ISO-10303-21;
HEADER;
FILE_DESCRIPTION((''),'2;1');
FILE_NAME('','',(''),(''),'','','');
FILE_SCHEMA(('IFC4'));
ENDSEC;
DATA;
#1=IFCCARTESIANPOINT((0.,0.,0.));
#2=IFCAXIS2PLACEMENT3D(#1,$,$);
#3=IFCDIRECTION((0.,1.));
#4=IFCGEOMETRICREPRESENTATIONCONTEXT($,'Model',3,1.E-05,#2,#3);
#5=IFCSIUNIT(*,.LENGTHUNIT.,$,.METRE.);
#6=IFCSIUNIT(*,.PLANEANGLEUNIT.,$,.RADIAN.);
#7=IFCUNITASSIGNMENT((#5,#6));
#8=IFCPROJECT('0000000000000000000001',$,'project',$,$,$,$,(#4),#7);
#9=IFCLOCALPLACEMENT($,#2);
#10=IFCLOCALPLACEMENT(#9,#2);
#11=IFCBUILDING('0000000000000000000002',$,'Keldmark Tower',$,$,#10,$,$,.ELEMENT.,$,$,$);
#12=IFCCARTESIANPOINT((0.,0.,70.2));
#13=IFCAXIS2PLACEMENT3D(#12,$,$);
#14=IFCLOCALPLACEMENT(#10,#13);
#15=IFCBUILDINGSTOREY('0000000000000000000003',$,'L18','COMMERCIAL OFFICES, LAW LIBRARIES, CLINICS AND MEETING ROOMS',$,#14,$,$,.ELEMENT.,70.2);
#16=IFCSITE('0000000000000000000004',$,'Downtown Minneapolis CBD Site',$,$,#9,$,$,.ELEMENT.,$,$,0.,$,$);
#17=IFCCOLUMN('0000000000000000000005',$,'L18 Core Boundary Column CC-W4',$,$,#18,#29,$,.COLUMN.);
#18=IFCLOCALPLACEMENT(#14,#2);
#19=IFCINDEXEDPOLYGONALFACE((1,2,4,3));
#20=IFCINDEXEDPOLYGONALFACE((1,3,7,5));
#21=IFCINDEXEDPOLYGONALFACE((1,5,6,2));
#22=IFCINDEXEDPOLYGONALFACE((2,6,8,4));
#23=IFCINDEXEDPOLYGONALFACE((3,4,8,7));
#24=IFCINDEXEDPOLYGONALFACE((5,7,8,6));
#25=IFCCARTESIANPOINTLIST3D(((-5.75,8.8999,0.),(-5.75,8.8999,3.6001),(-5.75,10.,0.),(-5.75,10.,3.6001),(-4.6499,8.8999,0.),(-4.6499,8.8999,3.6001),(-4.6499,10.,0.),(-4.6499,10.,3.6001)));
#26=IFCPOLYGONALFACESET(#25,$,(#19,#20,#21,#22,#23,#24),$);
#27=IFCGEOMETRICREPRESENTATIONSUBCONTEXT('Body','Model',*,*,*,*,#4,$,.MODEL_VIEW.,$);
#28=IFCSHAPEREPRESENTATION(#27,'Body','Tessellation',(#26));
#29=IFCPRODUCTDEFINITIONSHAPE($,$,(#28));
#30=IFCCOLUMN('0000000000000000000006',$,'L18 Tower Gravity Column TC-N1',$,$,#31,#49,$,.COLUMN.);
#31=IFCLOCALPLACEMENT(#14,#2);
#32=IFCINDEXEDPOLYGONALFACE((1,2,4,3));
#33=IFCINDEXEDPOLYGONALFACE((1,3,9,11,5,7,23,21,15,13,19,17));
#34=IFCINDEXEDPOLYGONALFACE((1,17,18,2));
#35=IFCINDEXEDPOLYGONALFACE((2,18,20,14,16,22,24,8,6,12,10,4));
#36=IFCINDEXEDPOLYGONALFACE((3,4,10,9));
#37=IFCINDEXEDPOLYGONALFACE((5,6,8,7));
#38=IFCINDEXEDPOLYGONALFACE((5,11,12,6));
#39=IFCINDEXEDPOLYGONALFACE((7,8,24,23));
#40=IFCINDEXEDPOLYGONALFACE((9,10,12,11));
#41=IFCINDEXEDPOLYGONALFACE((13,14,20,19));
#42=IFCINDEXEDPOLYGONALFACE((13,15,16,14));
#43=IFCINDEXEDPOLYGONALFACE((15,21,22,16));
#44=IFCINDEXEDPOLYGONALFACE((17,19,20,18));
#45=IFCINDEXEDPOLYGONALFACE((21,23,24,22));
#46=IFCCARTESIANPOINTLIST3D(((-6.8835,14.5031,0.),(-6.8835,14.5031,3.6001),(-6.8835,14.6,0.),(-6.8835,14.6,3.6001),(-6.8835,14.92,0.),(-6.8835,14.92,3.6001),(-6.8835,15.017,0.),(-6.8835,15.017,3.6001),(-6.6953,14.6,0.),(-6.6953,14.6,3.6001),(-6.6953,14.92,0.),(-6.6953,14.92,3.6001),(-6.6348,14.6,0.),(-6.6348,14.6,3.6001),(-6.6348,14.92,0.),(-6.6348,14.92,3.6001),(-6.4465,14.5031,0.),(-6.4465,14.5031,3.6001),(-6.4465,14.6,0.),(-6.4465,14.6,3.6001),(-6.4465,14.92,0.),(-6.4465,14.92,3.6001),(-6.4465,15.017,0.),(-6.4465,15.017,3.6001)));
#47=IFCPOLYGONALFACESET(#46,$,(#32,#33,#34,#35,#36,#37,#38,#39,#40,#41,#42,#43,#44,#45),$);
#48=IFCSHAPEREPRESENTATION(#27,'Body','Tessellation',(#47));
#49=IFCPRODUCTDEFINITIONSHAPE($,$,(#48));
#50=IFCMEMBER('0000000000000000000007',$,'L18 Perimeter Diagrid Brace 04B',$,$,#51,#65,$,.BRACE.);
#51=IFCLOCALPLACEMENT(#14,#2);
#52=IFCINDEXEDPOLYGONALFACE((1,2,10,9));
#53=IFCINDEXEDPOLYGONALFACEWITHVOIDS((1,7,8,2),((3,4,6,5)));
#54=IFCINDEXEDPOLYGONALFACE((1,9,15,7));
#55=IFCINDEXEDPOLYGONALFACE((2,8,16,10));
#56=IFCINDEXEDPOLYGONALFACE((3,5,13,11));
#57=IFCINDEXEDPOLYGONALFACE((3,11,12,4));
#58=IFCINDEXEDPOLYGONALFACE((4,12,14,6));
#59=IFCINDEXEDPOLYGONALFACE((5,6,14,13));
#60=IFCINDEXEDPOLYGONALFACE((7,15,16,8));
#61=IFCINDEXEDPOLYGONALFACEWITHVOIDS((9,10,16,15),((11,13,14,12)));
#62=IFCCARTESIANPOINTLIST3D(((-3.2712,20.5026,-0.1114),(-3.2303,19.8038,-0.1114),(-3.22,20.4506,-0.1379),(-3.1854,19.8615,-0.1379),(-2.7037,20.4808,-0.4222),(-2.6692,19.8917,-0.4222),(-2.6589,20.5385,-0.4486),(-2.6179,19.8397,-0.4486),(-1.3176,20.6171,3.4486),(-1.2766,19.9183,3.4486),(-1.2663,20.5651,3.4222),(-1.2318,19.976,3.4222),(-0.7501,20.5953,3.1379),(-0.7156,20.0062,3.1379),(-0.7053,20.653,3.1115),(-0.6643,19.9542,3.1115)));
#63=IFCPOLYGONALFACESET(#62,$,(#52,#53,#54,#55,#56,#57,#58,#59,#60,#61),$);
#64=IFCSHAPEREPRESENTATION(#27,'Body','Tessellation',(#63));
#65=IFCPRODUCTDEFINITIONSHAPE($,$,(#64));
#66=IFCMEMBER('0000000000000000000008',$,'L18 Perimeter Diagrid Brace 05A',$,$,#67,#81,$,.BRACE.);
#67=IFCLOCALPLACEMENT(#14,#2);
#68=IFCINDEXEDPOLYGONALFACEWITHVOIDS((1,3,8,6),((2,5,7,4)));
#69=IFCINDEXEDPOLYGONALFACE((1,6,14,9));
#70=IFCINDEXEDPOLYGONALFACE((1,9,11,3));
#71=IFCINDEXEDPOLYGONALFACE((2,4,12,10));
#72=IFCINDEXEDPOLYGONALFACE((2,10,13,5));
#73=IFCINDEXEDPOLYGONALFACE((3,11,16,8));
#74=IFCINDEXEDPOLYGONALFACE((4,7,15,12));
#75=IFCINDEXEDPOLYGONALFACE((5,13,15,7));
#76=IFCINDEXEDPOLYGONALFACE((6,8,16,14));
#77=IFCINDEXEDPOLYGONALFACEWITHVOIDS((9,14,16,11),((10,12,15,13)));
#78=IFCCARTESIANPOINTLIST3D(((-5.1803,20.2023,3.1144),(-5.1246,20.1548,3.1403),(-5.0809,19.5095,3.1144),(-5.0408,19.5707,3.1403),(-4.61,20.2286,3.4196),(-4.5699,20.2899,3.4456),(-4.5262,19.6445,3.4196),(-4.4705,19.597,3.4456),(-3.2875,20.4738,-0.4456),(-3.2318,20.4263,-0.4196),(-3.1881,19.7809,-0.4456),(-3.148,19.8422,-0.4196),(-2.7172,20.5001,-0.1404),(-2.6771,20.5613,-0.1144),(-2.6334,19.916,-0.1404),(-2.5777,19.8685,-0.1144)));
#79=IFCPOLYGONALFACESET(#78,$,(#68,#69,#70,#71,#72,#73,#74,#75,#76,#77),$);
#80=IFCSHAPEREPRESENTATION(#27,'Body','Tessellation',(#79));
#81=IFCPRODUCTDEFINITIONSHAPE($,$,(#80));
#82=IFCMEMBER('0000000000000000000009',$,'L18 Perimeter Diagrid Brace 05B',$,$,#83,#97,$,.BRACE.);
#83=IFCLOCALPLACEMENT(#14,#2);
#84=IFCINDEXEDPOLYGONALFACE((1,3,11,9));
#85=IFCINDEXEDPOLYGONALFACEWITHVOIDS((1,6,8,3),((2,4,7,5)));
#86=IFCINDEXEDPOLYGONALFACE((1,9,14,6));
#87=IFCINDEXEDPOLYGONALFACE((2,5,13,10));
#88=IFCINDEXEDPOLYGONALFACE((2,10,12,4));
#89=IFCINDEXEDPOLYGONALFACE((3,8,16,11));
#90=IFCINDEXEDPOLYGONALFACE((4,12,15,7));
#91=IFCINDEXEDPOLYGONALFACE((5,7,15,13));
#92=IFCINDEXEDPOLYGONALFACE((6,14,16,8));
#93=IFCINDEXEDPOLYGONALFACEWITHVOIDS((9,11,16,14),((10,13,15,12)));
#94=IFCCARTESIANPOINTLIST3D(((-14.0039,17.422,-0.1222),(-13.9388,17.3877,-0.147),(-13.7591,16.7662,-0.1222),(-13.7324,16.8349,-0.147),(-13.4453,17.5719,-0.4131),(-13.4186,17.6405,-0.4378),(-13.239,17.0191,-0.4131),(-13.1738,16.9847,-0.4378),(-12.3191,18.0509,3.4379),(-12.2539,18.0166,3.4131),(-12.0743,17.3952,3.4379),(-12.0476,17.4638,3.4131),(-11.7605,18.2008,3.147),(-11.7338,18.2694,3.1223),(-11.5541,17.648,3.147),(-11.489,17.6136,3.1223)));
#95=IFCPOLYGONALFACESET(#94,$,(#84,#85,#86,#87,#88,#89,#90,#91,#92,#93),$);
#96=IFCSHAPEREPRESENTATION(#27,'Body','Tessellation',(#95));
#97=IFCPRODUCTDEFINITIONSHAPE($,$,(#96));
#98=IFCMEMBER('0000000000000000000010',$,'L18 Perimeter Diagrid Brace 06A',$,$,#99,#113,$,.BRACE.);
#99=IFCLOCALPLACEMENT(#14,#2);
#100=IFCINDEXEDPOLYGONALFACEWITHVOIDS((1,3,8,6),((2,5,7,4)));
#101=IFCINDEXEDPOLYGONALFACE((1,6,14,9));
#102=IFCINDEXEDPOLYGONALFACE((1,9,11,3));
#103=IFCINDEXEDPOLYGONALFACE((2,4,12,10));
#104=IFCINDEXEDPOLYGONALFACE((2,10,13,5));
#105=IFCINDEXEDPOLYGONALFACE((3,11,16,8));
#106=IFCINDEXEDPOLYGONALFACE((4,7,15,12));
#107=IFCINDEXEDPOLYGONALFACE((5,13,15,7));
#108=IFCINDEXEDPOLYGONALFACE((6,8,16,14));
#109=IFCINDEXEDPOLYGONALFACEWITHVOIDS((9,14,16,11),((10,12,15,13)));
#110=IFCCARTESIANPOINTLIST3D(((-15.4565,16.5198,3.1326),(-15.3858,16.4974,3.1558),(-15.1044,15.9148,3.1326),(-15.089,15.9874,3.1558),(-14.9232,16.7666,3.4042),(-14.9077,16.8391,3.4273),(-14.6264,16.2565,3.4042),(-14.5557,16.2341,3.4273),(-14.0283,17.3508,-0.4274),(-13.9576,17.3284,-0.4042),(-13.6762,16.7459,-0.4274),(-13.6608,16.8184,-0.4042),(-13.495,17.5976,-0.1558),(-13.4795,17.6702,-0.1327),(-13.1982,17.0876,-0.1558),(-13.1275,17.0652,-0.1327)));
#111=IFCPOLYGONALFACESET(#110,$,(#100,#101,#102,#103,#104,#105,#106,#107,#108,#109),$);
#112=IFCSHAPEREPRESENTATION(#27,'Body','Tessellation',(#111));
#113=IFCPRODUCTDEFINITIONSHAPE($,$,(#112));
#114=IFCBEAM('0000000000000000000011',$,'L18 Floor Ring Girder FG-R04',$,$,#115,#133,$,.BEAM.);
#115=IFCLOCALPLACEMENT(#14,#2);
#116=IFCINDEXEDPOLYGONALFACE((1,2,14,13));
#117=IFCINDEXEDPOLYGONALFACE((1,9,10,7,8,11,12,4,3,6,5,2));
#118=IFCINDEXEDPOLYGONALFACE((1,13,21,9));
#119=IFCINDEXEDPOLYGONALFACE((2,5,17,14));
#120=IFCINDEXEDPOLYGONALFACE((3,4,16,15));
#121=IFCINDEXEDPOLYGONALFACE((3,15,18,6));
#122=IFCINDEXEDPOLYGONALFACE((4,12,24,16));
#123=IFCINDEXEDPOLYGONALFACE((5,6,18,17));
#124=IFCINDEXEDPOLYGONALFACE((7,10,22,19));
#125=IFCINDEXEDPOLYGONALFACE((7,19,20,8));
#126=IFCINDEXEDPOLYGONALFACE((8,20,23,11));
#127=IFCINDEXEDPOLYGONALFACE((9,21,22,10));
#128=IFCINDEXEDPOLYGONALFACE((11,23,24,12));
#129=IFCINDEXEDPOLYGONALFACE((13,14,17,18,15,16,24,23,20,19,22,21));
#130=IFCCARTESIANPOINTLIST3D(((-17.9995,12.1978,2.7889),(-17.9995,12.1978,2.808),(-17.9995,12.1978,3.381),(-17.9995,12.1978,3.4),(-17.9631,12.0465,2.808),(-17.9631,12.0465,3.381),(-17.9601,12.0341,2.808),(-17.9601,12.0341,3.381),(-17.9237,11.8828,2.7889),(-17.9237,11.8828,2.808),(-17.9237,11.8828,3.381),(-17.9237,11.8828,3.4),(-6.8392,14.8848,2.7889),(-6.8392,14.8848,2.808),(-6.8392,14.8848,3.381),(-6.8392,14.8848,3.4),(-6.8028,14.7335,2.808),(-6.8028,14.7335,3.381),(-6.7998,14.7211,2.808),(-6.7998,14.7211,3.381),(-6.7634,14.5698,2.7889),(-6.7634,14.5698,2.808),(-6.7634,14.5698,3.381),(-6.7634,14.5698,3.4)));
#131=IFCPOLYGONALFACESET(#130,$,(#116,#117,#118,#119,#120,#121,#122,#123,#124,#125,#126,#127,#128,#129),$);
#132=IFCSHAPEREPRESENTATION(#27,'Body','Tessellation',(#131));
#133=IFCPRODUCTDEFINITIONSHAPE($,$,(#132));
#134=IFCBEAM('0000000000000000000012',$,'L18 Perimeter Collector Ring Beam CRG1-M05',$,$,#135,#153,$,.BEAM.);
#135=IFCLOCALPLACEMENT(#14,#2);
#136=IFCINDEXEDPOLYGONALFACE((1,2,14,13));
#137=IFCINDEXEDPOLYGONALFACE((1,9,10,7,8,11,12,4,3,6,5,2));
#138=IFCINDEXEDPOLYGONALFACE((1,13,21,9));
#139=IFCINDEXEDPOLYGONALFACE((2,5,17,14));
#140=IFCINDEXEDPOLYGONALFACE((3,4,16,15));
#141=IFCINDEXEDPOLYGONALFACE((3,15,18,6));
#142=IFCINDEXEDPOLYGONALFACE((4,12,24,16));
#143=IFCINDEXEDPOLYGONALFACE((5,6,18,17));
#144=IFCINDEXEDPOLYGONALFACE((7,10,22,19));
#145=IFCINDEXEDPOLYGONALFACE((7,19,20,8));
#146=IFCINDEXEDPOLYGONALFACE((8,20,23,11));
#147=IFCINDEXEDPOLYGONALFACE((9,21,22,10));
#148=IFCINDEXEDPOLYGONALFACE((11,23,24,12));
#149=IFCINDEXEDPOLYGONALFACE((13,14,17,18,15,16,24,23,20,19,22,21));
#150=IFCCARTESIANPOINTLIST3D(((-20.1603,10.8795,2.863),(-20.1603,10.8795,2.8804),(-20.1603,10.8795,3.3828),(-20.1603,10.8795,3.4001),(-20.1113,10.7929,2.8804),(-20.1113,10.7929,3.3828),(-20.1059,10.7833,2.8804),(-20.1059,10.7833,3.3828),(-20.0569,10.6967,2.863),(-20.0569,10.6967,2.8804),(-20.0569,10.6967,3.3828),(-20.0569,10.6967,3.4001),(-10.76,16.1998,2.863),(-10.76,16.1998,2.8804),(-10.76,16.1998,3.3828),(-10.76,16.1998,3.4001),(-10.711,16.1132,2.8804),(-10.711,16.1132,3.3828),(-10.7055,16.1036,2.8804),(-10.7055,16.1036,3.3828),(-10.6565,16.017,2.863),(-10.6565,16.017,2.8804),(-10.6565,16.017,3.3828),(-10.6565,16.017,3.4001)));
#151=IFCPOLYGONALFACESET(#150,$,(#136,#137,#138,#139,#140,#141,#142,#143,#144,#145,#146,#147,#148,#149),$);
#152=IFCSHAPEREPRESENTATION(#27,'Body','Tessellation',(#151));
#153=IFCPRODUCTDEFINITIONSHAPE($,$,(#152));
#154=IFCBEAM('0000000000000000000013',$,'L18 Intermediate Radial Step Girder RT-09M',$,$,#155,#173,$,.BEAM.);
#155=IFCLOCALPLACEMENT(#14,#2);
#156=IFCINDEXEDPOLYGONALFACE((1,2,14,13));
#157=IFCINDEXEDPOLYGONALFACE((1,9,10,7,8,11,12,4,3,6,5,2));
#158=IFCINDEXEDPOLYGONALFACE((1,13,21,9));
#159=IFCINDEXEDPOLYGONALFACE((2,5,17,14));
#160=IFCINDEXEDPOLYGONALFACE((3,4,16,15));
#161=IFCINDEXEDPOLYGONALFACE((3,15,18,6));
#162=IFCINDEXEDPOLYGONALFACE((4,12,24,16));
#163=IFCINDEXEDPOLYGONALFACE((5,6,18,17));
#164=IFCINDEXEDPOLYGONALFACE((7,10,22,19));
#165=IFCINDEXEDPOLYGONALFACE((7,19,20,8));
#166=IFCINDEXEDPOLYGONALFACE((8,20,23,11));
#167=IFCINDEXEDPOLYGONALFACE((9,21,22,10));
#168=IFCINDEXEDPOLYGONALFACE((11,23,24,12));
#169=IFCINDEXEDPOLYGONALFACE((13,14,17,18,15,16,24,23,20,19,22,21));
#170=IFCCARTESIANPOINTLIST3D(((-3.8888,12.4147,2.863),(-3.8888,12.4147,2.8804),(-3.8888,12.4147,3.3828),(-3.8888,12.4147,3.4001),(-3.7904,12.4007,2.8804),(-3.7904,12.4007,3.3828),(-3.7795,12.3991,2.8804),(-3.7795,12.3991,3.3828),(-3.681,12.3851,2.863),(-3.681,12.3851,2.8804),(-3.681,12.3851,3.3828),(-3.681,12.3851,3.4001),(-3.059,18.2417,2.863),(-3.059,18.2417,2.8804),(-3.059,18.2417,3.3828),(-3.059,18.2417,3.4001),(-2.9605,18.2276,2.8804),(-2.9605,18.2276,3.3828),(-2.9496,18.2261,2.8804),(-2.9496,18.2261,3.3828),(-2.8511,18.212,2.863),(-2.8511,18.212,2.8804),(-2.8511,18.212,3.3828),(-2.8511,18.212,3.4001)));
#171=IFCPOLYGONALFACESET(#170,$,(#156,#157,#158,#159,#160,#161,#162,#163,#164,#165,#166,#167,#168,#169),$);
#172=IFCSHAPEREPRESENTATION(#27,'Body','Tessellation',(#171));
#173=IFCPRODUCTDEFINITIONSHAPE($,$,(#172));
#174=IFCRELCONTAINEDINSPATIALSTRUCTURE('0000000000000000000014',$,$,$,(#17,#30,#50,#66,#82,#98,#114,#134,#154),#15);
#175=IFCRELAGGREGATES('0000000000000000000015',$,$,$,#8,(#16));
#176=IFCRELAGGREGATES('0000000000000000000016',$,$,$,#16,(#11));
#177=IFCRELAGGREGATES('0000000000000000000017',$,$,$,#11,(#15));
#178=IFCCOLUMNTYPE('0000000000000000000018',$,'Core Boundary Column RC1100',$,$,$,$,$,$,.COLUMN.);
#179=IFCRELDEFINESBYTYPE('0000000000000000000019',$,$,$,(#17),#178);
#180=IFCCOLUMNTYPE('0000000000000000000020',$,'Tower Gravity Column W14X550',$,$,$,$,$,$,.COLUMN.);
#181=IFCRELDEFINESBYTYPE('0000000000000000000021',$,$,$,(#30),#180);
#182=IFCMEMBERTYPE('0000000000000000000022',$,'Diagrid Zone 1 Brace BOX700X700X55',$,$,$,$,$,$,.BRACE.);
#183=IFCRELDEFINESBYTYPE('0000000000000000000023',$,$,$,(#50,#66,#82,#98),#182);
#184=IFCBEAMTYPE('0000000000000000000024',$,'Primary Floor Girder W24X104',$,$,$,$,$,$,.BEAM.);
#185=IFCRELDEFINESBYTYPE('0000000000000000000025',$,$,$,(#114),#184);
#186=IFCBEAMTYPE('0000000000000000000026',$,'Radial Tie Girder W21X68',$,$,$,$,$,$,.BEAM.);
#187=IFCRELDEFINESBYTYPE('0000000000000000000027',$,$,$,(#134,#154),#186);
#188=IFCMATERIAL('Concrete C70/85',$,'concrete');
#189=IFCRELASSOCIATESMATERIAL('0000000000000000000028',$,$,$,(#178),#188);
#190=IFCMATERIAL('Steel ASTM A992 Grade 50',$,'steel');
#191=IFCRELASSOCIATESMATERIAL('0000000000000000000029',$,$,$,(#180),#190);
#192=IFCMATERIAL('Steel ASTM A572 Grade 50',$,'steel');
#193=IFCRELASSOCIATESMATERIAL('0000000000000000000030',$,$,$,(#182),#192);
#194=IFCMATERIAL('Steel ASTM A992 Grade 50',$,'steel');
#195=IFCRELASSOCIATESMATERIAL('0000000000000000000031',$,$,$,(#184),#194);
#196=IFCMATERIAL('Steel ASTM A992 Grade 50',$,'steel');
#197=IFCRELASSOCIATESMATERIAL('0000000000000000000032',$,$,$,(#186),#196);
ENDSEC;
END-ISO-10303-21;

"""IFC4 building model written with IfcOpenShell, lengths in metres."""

from ifc_helpers import new_model, si_unit, direction, frame, origin, origin_2d, place, context, subcontext, project, spatial, rectangle, hollow_rectangle, i_section, extrude, material, material_profile, profile_set, type_object, element, save


model = new_model("IFC4")

# Units and contexts
model_context = context("Model", 3, precision=1e-05, world=origin(), true_north=direction((0.0, 1.0)))
body_context = subcontext(model_context, "Body", "Model", "MODEL_VIEW")
ifc_project = project(units=[si_unit("LENGTHUNIT", "METRE"), si_unit("PLANEANGLEUNIT", "RADIAN")], contexts=[model_context])

# Site, building, storey
site_placement = place(None, origin())
site = spatial("IfcSite", under=ifc_project, at=site_placement, Name="Downtown Minneapolis CBD Site", CompositionType="ELEMENT", RefElevation=0.0)
building_placement = place(site_placement, origin())
building = spatial("IfcBuilding", under=site, at=building_placement, Name="Keldmark Tower", CompositionType="ELEMENT")
storey_placement = place(building_placement, frame((0.0, 0.0, 70.2)))
storey = spatial("IfcBuildingStorey", under=building, at=storey_placement, Name="L18", Description="COMMERCIAL OFFICES, LAW LIBRARIES, CLINICS AND MEETING ROOMS", CompositionType="ELEMENT", Elevation=70.2)

# Columns
ifc_material_1 = material(Name="Concrete C70/85", Category="concrete")
ifc_material_profile_1 = material_profile(ifc_material_1, rectangle(XDim=1.1001, YDim=1.1001, at=origin_2d()), Name="RC1100X1100")
ifc_profile_set_1 = profile_set([ifc_material_profile_1], Name="Concrete C70/85")
column_type_1 = type_object("IfcColumnType", Name="Core Boundary Column RC1100", PredefinedType="COLUMN", material=ifc_profile_set_1)
column_1_placement = place(storey_placement, frame((-5.2, 9.45, 0.0), z_axis=(0.0, 0.0, 1.0), x_axis=(1.0, 0.0, 0.0)))
element("IfcColumn", 1, at=column_1_placement, inside=storey, type_object=column_type_1, Name="L18 Core Boundary Column CC-W4", PredefinedType="COLUMN", context=body_context, shape_type="SweptSolid", body=[
    extrude(rectangle(XDim=1.1001, YDim=1.1001, at=origin_2d()), origin(), (0.0, 0.0, 1.0), 3.6001),
])
ifc_material_2 = material(Name="Steel ASTM A992 Grade 50", Category="steel")
ifc_material_profile_2 = material_profile(ifc_material_2, i_section(OverallWidth=0.437, OverallDepth=0.5139, WebThickness=0.0605, FlangeThickness=0.0969, at=origin_2d()), Name="W14X550")
ifc_profile_set_2 = profile_set([ifc_material_profile_2], Name="Steel ASTM A992 Grade 50")
column_type_2 = type_object("IfcColumnType", Name="Tower Gravity Column W14X550", PredefinedType="COLUMN", material=ifc_profile_set_2)
column_2_placement = place(storey_placement, frame((-6.665, 14.76, 0.0), z_axis=(0.0, 0.0, 1.0), x_axis=(1.0, 0.0, 0.0)))
element("IfcColumn", 2, at=column_2_placement, inside=storey, type_object=column_type_2, Name="L18 Tower Gravity Column TC-N1", PredefinedType="COLUMN", context=body_context, shape_type="SweptSolid", body=[
    extrude(i_section(OverallWidth=0.437, OverallDepth=0.5139, WebThickness=0.0605, FlangeThickness=0.0969, at=origin_2d()), origin(), (0.0, 0.0, 1.0), 3.6001),
])

# Members
ifc_material_3 = material(Name="Steel ASTM A572 Grade 50", Category="steel")
ifc_material_profile_3 = material_profile(ifc_material_3, hollow_rectangle(XDim=0.7, YDim=0.7, WallThickness=0.0549, at=origin_2d()), Name="BOX700X700X55")
ifc_profile_set_3 = profile_set([ifc_material_profile_3], Name="Steel ASTM A572 Grade 50")
member_type = type_object("IfcMemberType", Name="Diagrid Zone 1 Brace BOX700X700X55", PredefinedType="BRACE", material=ifc_profile_set_3)
member_1_placement = place(storey_placement, frame((-2.9446, 20.1711, -0.28), z_axis=(0.480892, 0.028185, 0.876327), x_axis=(-0.05851, 0.998287, 0.0)))
element("IfcMember", 3, at=member_1_placement, inside=storey, type_object=member_type, Name="L18 Perimeter Diagrid Brace 04B", PredefinedType="BRACE", context=body_context, shape_type="SweptSolid", body=[
    extrude(hollow_rectangle(XDim=0.7, YDim=0.7, WallThickness=0.0549, at=origin_2d()), origin(), (0.0, 0.0, 1.0), 4.0625),
])
member_2_placement = place(storey_placement, frame((-2.9326, 20.1711, -0.28), z_axis=(-0.468393, -0.067181, 0.880963), x_axis=(0.141975, -0.98987, 0.0)))
element("IfcMember", 4, at=member_2_placement, inside=storey, type_object=member_type, Name="L18 Perimeter Diagrid Brace 05A", PredefinedType="BRACE", context=body_context, shape_type="SweptSolid", body=[
    extrude(hollow_rectangle(XDim=0.7, YDim=0.7, WallThickness=0.0549, at=origin_2d()), origin(), (0.0, 0.0, 1.0), 4.041),
])
member_3_placement = place(storey_placement, frame((-13.5889, 17.2034, -0.28), z_axis=(0.422418, 0.15768, 0.892581), x_axis=(-0.34971, 0.936858, 0.0)))
element("IfcMember", 5, at=member_3_placement, inside=storey, type_object=member_type, Name="L18 Perimeter Diagrid Brace 05B", PredefinedType="BRACE", context=body_context, shape_type="SweptSolid", body=[
    extrude(hollow_rectangle(XDim=0.7, YDim=0.7, WallThickness=0.0549, at=origin_2d()), origin(), (0.0, 0.0, 1.0), 3.9885),
])
member_4_placement = place(storey_placement, frame((-13.5779, 17.208, -0.28), z_axis=(-0.363892, -0.211741, 0.907055), x_axis=(0.502934, -0.864325, 0.0)))
element("IfcMember", 6, at=member_4_placement, inside=storey, type_object=member_type, Name="L18 Perimeter Diagrid Brace 06A", PredefinedType="BRACE", context=body_context, shape_type="SweptSolid", body=[
    extrude(hollow_rectangle(XDim=0.7, YDim=0.7, WallThickness=0.0549, at=origin_2d()), origin(), (0.0, 0.0, 1.0), 3.9248),
])

# Beams
ifc_material_4 = material(Name="Steel ASTM A992 Grade 50", Category="steel")
ifc_material_profile_4 = material_profile(ifc_material_4, i_section(OverallWidth=0.324, OverallDepth=0.6111, WebThickness=0.0127, FlangeThickness=0.019, at=origin_2d()), Name="W24X104")
ifc_profile_set_4 = profile_set([ifc_material_profile_4], Name="Steel ASTM A992 Grade 50")
beam_type_1 = type_object("IfcBeamType", Name="Primary Floor Girder W24X104", PredefinedType="BEAM", material=ifc_profile_set_4)
beam_1_placement = place(storey_placement, frame((-6.8013, 14.7273, 3.0945), z_axis=(-0.972219, -0.234074, 0.0), x_axis=(0.234074, -0.972219, 0.0)))
element("IfcBeam", 7, at=beam_1_placement, inside=storey, type_object=beam_type_1, Name="L18 Floor Ring Girder FG-R04", PredefinedType="BEAM", context=body_context, shape_type="SweptSolid", body=[
    extrude(i_section(OverallWidth=0.324, OverallDepth=0.6111, WebThickness=0.0127, FlangeThickness=0.019, at=origin_2d()), origin(), (0.0, 0.0, 1.0), 11.4792),
])
ifc_material_5 = material(Name="Steel ASTM A992 Grade 50", Category="steel")
ifc_material_profile_5 = material_profile(ifc_material_5, i_section(OverallWidth=0.21, OverallDepth=0.5371, WebThickness=0.011, FlangeThickness=0.0173, at=origin_2d()), Name="W21X68")
ifc_profile_set_5 = profile_set([ifc_material_profile_5], Name="Steel ASTM A992 Grade 50")
beam_type_2 = type_object("IfcBeamType", Name="Radial Tie Girder W21X68", PredefinedType="BEAM", material=ifc_profile_set_5)
beam_2_placement = place(storey_placement, frame((-10.7083, 16.1084, 3.1316), z_axis=(-0.870283, -0.492552, 0.0), x_axis=(0.492552, -0.870283, 0.0)))
element("IfcBeam", 8, at=beam_2_placement, inside=storey, type_object=beam_type_2, Name="L18 Perimeter Collector Ring Beam CRG1-M05", PredefinedType="BEAM", context=body_context, shape_type="SweptSolid", body=[
    extrude(i_section(OverallWidth=0.21, OverallDepth=0.5371, WebThickness=0.011, FlangeThickness=0.0173, at=origin_2d()), origin(), (0.0, 0.0, 1.0), 10.8015),
])
beam_3_placement = place(storey_placement, frame((-3.7849, 12.3999, 3.1316), z_axis=(0.140992, 0.990011, 0.0), x_axis=(-0.990011, 0.140992, 0.0)))
element("IfcBeam", 9, at=beam_3_placement, inside=storey, type_object=beam_type_2, Name="L18 Intermediate Radial Step Girder RT-09M", PredefinedType="BEAM", context=body_context, shape_type="SweptSolid", body=[
    extrude(i_section(OverallWidth=0.21, OverallDepth=0.5371, WebThickness=0.011, FlangeThickness=0.0173, at=origin_2d()), origin(), (0.0, 0.0, 1.0), 5.8857),
])

save(model, "model.ifc")
